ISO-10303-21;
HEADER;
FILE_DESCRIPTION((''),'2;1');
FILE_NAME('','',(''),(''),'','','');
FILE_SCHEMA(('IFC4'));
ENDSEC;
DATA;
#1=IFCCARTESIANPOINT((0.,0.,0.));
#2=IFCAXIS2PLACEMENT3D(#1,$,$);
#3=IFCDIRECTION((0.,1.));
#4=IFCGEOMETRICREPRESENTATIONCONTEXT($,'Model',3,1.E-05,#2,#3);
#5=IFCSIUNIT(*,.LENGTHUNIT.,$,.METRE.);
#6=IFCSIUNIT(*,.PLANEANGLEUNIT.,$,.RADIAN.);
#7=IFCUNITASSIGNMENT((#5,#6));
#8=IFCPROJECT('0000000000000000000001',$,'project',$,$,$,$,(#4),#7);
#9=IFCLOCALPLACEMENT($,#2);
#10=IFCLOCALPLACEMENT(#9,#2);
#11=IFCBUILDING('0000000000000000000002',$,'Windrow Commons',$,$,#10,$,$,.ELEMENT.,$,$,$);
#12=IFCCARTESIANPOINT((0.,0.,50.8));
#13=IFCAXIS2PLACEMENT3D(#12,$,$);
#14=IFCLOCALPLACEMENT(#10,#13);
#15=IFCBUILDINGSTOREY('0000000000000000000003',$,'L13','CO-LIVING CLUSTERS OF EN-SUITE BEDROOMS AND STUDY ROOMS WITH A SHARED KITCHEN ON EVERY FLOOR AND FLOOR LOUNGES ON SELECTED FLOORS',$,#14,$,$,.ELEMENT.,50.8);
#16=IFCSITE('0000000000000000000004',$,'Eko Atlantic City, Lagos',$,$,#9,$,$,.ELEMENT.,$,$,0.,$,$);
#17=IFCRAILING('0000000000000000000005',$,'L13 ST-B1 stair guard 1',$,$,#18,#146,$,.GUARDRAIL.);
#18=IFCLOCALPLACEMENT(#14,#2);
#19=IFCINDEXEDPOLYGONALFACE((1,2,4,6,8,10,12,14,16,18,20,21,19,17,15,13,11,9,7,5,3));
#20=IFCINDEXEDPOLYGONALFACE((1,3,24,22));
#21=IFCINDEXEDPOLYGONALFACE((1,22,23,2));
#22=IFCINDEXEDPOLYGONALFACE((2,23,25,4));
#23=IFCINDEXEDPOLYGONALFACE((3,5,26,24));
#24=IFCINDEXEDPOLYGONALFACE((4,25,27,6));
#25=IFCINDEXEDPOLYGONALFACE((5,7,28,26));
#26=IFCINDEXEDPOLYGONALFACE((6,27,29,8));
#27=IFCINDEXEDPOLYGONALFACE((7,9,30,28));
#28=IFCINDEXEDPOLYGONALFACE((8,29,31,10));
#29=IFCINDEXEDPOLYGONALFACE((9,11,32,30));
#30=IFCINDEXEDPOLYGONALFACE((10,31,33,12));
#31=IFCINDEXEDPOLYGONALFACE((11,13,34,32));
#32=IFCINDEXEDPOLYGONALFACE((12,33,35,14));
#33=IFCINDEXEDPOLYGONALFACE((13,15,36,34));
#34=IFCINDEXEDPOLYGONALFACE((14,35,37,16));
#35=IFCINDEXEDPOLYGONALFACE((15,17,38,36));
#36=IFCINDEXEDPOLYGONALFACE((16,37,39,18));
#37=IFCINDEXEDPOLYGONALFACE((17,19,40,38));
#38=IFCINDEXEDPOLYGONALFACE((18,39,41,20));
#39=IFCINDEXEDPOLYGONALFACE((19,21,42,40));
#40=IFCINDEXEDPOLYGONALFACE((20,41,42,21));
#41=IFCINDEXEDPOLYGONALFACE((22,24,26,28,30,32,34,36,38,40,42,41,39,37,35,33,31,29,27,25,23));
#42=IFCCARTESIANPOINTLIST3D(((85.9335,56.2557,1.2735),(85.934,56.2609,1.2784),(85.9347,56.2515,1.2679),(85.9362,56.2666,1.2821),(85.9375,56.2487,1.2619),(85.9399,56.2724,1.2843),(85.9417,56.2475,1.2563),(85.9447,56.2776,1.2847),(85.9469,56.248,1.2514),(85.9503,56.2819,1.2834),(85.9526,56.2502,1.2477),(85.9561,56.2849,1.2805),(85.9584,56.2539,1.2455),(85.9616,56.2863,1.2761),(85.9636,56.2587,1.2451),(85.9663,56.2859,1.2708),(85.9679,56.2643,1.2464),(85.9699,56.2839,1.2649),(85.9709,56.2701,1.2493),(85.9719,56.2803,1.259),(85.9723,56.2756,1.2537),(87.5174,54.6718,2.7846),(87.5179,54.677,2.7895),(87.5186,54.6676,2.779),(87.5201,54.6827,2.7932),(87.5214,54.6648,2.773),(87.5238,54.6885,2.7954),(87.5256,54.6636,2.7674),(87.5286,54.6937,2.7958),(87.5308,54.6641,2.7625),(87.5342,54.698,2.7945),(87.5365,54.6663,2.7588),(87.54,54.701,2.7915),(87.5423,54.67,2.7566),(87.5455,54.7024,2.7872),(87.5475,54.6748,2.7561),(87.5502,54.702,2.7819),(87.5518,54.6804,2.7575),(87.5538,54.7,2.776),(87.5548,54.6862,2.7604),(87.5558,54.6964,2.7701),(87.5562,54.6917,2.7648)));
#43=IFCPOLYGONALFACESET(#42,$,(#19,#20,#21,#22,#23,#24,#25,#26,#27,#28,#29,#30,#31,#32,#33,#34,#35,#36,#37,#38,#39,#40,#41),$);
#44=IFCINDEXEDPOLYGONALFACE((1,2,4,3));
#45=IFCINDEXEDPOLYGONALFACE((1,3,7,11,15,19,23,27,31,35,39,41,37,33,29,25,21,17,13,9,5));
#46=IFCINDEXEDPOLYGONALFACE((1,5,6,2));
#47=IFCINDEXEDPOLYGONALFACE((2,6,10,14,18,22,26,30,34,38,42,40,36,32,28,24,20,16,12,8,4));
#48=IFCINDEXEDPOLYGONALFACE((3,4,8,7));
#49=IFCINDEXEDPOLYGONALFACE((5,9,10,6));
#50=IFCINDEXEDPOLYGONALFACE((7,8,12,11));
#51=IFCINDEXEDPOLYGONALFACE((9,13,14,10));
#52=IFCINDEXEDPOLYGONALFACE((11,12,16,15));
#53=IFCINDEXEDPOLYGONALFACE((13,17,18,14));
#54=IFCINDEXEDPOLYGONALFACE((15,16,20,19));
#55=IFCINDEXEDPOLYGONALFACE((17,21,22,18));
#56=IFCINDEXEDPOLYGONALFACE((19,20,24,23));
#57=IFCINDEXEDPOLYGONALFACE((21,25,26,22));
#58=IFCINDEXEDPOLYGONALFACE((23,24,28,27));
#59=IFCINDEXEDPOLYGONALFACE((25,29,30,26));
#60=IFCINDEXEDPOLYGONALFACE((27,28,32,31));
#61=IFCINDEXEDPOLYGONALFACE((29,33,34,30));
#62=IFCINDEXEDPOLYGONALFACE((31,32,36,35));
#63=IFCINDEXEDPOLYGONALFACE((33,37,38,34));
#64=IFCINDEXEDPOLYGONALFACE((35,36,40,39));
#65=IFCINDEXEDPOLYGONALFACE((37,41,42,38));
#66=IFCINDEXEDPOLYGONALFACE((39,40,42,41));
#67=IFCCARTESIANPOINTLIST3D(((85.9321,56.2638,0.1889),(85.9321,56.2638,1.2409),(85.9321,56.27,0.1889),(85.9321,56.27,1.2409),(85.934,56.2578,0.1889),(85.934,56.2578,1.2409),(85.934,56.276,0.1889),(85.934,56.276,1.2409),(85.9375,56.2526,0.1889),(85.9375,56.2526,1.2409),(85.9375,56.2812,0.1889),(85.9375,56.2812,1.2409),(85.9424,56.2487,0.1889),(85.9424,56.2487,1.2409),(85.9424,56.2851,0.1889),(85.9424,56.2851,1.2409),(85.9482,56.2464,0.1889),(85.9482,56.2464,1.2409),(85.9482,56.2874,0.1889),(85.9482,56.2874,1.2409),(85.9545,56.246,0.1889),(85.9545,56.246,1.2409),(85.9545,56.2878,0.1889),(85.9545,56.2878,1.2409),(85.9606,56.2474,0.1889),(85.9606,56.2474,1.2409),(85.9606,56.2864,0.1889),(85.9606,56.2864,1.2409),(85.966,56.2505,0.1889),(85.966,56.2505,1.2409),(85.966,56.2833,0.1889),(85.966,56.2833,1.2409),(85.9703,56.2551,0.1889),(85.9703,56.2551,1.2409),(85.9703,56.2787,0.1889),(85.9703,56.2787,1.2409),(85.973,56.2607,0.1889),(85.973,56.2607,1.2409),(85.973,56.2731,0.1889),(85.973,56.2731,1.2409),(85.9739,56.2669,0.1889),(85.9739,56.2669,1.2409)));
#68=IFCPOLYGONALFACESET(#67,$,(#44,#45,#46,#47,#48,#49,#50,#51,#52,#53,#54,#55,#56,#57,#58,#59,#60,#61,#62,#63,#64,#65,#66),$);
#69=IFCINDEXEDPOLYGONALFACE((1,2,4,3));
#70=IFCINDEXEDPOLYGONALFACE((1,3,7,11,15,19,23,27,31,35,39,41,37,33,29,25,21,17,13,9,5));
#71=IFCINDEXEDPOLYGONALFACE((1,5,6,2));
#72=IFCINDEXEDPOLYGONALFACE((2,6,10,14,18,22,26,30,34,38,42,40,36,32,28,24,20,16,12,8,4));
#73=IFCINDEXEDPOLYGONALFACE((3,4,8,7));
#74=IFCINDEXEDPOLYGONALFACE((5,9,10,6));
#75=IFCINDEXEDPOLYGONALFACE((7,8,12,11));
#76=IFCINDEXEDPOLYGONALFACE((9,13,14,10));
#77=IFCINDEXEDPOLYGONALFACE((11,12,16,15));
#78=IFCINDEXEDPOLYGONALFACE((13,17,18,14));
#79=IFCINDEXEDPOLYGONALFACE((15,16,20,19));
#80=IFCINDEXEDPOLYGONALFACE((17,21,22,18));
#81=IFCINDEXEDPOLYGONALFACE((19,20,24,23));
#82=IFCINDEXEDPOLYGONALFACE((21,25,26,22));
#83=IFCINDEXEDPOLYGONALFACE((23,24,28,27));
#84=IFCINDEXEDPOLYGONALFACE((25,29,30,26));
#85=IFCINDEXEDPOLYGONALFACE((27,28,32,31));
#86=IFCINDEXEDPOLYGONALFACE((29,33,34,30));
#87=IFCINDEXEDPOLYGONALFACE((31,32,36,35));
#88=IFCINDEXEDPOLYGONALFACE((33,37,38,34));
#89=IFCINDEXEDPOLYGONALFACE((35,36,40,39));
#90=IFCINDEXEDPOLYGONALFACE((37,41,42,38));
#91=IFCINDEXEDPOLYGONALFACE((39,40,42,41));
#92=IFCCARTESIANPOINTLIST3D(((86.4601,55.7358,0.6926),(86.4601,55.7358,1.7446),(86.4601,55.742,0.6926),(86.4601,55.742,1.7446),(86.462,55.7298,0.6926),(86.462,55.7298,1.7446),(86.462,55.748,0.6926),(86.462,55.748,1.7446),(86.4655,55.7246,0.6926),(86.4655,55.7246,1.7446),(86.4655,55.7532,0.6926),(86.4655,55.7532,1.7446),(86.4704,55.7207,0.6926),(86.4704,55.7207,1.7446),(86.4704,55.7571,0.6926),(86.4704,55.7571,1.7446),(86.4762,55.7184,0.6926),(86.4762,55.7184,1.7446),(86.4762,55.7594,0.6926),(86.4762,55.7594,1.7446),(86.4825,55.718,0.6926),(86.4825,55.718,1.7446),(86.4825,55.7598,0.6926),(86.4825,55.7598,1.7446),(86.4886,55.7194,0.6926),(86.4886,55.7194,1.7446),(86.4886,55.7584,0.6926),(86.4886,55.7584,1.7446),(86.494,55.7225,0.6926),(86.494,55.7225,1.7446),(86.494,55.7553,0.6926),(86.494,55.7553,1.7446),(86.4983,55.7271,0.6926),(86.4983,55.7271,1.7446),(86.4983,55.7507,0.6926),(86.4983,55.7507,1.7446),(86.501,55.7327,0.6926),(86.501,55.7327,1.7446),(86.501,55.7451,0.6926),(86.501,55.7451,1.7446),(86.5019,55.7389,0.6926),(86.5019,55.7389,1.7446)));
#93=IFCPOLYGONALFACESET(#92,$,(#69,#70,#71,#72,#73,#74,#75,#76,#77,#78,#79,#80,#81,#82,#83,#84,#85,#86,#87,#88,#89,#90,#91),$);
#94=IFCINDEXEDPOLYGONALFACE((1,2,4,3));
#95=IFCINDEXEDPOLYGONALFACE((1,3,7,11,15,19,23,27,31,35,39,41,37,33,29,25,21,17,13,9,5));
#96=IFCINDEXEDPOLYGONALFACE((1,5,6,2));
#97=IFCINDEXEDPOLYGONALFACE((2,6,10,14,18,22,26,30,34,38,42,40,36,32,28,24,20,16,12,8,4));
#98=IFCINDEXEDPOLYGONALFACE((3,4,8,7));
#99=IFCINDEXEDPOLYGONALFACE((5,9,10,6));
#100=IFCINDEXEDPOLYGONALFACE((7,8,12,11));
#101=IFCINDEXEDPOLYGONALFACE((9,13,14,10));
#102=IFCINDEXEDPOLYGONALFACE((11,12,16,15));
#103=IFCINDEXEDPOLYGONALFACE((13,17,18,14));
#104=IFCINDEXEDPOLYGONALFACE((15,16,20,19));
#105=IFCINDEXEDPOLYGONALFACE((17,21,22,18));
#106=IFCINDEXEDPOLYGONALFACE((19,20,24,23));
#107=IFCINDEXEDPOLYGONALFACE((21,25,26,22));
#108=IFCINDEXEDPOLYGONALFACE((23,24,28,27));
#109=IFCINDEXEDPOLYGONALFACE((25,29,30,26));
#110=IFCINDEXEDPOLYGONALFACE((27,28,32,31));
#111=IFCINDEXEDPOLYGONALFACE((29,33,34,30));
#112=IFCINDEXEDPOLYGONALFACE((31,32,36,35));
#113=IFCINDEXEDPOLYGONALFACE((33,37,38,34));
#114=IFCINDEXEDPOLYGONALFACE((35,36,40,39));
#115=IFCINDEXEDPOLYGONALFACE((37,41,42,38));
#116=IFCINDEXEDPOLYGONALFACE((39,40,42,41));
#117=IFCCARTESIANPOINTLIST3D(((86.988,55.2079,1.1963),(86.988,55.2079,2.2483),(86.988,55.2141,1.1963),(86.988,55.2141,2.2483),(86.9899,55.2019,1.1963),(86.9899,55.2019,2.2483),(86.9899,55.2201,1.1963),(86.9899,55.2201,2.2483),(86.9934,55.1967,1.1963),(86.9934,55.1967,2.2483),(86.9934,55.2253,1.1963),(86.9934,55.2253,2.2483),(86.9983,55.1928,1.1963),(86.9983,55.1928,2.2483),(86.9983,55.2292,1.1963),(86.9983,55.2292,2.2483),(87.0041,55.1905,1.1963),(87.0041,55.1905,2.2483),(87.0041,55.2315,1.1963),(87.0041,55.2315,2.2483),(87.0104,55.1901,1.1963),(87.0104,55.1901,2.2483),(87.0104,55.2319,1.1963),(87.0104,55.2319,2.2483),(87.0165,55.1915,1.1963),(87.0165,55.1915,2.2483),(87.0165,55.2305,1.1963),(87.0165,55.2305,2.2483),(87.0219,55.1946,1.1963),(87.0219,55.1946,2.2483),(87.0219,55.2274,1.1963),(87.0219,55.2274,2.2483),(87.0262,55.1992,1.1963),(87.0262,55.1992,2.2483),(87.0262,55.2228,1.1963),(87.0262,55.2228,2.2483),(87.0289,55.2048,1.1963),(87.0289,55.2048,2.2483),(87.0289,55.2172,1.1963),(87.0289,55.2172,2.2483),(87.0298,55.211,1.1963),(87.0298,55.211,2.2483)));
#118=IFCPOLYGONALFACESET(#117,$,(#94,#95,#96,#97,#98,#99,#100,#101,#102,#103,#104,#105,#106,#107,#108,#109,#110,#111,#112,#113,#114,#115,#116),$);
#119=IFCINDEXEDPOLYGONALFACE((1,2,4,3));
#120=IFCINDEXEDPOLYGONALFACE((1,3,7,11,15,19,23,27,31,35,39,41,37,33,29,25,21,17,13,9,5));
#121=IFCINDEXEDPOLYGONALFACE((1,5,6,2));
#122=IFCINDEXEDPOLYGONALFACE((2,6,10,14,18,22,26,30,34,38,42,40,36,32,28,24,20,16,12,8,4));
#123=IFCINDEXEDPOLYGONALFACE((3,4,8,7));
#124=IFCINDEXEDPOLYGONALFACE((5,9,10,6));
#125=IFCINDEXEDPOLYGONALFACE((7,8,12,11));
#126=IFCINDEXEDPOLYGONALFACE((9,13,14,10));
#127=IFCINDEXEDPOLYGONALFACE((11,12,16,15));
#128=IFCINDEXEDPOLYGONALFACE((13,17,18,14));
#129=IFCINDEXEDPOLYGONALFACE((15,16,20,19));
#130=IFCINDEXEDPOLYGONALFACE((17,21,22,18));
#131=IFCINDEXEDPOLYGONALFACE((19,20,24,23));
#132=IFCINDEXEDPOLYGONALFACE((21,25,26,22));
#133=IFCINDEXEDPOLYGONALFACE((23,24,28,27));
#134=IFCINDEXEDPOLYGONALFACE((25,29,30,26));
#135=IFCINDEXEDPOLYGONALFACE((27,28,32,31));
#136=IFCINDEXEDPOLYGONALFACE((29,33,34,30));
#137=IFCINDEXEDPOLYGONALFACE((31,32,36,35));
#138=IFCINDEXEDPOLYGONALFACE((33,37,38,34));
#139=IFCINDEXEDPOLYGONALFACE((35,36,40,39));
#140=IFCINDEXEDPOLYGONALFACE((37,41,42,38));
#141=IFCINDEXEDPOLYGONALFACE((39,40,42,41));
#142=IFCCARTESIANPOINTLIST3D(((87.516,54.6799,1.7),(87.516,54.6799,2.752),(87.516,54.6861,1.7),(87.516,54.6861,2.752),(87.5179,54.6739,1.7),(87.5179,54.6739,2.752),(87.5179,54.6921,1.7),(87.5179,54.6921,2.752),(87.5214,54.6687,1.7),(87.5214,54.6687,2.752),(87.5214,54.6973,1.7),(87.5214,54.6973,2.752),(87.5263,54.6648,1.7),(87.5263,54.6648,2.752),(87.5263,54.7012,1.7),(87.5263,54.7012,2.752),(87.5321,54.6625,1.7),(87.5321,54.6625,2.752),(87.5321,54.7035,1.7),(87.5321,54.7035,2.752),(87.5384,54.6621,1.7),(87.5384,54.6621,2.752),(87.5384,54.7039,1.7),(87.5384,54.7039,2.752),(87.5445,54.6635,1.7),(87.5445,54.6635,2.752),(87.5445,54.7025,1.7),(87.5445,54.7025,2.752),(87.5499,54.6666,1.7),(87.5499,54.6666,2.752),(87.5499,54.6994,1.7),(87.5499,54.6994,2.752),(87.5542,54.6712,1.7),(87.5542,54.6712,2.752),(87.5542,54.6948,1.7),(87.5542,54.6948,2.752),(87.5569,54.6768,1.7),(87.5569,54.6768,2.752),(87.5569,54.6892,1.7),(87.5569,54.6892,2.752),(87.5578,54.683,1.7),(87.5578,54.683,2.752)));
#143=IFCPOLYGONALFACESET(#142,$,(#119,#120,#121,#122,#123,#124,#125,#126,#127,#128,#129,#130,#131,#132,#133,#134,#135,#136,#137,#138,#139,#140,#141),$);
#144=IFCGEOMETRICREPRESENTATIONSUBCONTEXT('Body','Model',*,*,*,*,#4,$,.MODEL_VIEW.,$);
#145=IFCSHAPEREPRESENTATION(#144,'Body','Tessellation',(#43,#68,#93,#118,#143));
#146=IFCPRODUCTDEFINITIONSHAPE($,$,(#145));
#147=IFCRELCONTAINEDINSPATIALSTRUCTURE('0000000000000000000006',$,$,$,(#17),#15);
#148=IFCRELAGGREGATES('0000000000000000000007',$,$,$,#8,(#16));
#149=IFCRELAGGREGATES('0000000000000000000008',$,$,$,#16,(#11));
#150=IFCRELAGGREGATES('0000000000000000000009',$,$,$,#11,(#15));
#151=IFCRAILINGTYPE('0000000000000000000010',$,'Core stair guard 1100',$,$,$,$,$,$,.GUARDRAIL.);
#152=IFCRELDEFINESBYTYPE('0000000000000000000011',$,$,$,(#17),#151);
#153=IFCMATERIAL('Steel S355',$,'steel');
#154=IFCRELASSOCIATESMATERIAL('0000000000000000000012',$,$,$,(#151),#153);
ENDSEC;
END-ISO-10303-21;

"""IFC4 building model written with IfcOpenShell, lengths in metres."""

from ifc_helpers import new_model, si_unit, direction, frame, origin, origin_2d, place, context, subcontext, project, spatial, circle, extrude, material, type_object, element, save


model = new_model("IFC4")

# Units and contexts
model_context = context("Model", 3, precision=1e-05, world=origin(), true_north=direction((0.0, 1.0)))
body_context = subcontext(model_context, "Body", "Model", "MODEL_VIEW")
ifc_project = project(units=[si_unit("LENGTHUNIT", "METRE"), si_unit("PLANEANGLEUNIT", "RADIAN")], contexts=[model_context])

# Site, building, storey
site_placement = place(None, origin())
site = spatial("IfcSite", under=ifc_project, at=site_placement, Name="Eko Atlantic City, Lagos", CompositionType="ELEMENT", RefElevation=0.0)
building_placement = place(site_placement, origin())
building = spatial("IfcBuilding", under=site, at=building_placement, Name="Windrow Commons", CompositionType="ELEMENT")
storey_placement = place(building_placement, frame((0.0, 0.0, 50.8)))
storey = spatial("IfcBuildingStorey", under=building, at=storey_placement, Name="L13", Description="CO-LIVING CLUSTERS OF EN-SUITE BEDROOMS AND STUDY ROOMS WITH A SHARED KITCHEN ON EVERY FLOOR AND FLOOR LOUNGES ON SELECTED FLOORS", CompositionType="ELEMENT", Elevation=50.8)

# Railing
ifc_material_1 = material(Name="Steel S355", Category="steel")
railing_type_1 = type_object("IfcRailingType", Name="Core stair guard 1100", PredefinedType="GUARDRAIL", material=ifc_material_1)
railing_1_placement = place(storey_placement, frame((85.9529, 56.2669, 0.1889)))
element("IfcRailing", 1, at=railing_1_placement, inside=storey, type_object=railing_type_1, Name="L13 ST-B1 stair guard 1", PredefinedType="GUARDRAIL", context=body_context, shape_type="SweptSolid", body=[
    extrude(circle(Radius=0.024, at=origin_2d()), frame((0.0, 0.0, 1.076), z_axis=(0.586191, -0.586191, 0.559249), x_axis=(0.707107, 0.707107, 0.0)), (0.0, 0.0, 1.0), 2.702),
    extrude(circle(Radius=0.021, at=origin_2d()), origin(), (0.0, 0.0, 1.0), 1.052),
    extrude(circle(Radius=0.021, at=origin_2d()), frame((0.528, -0.528, 0.5037)), (0.0, 0.0, 1.0), 1.052),
    extrude(circle(Radius=0.021, at=origin_2d()), frame((1.0559, -1.0559, 1.0074)), (0.0, 0.0, 1.0), 1.052),
    extrude(circle(Radius=0.021, at=origin_2d()), frame((1.5839, -1.5839, 1.5111)), (0.0, 0.0, 1.0), 1.052),
])

save(model, "model.ifc")
